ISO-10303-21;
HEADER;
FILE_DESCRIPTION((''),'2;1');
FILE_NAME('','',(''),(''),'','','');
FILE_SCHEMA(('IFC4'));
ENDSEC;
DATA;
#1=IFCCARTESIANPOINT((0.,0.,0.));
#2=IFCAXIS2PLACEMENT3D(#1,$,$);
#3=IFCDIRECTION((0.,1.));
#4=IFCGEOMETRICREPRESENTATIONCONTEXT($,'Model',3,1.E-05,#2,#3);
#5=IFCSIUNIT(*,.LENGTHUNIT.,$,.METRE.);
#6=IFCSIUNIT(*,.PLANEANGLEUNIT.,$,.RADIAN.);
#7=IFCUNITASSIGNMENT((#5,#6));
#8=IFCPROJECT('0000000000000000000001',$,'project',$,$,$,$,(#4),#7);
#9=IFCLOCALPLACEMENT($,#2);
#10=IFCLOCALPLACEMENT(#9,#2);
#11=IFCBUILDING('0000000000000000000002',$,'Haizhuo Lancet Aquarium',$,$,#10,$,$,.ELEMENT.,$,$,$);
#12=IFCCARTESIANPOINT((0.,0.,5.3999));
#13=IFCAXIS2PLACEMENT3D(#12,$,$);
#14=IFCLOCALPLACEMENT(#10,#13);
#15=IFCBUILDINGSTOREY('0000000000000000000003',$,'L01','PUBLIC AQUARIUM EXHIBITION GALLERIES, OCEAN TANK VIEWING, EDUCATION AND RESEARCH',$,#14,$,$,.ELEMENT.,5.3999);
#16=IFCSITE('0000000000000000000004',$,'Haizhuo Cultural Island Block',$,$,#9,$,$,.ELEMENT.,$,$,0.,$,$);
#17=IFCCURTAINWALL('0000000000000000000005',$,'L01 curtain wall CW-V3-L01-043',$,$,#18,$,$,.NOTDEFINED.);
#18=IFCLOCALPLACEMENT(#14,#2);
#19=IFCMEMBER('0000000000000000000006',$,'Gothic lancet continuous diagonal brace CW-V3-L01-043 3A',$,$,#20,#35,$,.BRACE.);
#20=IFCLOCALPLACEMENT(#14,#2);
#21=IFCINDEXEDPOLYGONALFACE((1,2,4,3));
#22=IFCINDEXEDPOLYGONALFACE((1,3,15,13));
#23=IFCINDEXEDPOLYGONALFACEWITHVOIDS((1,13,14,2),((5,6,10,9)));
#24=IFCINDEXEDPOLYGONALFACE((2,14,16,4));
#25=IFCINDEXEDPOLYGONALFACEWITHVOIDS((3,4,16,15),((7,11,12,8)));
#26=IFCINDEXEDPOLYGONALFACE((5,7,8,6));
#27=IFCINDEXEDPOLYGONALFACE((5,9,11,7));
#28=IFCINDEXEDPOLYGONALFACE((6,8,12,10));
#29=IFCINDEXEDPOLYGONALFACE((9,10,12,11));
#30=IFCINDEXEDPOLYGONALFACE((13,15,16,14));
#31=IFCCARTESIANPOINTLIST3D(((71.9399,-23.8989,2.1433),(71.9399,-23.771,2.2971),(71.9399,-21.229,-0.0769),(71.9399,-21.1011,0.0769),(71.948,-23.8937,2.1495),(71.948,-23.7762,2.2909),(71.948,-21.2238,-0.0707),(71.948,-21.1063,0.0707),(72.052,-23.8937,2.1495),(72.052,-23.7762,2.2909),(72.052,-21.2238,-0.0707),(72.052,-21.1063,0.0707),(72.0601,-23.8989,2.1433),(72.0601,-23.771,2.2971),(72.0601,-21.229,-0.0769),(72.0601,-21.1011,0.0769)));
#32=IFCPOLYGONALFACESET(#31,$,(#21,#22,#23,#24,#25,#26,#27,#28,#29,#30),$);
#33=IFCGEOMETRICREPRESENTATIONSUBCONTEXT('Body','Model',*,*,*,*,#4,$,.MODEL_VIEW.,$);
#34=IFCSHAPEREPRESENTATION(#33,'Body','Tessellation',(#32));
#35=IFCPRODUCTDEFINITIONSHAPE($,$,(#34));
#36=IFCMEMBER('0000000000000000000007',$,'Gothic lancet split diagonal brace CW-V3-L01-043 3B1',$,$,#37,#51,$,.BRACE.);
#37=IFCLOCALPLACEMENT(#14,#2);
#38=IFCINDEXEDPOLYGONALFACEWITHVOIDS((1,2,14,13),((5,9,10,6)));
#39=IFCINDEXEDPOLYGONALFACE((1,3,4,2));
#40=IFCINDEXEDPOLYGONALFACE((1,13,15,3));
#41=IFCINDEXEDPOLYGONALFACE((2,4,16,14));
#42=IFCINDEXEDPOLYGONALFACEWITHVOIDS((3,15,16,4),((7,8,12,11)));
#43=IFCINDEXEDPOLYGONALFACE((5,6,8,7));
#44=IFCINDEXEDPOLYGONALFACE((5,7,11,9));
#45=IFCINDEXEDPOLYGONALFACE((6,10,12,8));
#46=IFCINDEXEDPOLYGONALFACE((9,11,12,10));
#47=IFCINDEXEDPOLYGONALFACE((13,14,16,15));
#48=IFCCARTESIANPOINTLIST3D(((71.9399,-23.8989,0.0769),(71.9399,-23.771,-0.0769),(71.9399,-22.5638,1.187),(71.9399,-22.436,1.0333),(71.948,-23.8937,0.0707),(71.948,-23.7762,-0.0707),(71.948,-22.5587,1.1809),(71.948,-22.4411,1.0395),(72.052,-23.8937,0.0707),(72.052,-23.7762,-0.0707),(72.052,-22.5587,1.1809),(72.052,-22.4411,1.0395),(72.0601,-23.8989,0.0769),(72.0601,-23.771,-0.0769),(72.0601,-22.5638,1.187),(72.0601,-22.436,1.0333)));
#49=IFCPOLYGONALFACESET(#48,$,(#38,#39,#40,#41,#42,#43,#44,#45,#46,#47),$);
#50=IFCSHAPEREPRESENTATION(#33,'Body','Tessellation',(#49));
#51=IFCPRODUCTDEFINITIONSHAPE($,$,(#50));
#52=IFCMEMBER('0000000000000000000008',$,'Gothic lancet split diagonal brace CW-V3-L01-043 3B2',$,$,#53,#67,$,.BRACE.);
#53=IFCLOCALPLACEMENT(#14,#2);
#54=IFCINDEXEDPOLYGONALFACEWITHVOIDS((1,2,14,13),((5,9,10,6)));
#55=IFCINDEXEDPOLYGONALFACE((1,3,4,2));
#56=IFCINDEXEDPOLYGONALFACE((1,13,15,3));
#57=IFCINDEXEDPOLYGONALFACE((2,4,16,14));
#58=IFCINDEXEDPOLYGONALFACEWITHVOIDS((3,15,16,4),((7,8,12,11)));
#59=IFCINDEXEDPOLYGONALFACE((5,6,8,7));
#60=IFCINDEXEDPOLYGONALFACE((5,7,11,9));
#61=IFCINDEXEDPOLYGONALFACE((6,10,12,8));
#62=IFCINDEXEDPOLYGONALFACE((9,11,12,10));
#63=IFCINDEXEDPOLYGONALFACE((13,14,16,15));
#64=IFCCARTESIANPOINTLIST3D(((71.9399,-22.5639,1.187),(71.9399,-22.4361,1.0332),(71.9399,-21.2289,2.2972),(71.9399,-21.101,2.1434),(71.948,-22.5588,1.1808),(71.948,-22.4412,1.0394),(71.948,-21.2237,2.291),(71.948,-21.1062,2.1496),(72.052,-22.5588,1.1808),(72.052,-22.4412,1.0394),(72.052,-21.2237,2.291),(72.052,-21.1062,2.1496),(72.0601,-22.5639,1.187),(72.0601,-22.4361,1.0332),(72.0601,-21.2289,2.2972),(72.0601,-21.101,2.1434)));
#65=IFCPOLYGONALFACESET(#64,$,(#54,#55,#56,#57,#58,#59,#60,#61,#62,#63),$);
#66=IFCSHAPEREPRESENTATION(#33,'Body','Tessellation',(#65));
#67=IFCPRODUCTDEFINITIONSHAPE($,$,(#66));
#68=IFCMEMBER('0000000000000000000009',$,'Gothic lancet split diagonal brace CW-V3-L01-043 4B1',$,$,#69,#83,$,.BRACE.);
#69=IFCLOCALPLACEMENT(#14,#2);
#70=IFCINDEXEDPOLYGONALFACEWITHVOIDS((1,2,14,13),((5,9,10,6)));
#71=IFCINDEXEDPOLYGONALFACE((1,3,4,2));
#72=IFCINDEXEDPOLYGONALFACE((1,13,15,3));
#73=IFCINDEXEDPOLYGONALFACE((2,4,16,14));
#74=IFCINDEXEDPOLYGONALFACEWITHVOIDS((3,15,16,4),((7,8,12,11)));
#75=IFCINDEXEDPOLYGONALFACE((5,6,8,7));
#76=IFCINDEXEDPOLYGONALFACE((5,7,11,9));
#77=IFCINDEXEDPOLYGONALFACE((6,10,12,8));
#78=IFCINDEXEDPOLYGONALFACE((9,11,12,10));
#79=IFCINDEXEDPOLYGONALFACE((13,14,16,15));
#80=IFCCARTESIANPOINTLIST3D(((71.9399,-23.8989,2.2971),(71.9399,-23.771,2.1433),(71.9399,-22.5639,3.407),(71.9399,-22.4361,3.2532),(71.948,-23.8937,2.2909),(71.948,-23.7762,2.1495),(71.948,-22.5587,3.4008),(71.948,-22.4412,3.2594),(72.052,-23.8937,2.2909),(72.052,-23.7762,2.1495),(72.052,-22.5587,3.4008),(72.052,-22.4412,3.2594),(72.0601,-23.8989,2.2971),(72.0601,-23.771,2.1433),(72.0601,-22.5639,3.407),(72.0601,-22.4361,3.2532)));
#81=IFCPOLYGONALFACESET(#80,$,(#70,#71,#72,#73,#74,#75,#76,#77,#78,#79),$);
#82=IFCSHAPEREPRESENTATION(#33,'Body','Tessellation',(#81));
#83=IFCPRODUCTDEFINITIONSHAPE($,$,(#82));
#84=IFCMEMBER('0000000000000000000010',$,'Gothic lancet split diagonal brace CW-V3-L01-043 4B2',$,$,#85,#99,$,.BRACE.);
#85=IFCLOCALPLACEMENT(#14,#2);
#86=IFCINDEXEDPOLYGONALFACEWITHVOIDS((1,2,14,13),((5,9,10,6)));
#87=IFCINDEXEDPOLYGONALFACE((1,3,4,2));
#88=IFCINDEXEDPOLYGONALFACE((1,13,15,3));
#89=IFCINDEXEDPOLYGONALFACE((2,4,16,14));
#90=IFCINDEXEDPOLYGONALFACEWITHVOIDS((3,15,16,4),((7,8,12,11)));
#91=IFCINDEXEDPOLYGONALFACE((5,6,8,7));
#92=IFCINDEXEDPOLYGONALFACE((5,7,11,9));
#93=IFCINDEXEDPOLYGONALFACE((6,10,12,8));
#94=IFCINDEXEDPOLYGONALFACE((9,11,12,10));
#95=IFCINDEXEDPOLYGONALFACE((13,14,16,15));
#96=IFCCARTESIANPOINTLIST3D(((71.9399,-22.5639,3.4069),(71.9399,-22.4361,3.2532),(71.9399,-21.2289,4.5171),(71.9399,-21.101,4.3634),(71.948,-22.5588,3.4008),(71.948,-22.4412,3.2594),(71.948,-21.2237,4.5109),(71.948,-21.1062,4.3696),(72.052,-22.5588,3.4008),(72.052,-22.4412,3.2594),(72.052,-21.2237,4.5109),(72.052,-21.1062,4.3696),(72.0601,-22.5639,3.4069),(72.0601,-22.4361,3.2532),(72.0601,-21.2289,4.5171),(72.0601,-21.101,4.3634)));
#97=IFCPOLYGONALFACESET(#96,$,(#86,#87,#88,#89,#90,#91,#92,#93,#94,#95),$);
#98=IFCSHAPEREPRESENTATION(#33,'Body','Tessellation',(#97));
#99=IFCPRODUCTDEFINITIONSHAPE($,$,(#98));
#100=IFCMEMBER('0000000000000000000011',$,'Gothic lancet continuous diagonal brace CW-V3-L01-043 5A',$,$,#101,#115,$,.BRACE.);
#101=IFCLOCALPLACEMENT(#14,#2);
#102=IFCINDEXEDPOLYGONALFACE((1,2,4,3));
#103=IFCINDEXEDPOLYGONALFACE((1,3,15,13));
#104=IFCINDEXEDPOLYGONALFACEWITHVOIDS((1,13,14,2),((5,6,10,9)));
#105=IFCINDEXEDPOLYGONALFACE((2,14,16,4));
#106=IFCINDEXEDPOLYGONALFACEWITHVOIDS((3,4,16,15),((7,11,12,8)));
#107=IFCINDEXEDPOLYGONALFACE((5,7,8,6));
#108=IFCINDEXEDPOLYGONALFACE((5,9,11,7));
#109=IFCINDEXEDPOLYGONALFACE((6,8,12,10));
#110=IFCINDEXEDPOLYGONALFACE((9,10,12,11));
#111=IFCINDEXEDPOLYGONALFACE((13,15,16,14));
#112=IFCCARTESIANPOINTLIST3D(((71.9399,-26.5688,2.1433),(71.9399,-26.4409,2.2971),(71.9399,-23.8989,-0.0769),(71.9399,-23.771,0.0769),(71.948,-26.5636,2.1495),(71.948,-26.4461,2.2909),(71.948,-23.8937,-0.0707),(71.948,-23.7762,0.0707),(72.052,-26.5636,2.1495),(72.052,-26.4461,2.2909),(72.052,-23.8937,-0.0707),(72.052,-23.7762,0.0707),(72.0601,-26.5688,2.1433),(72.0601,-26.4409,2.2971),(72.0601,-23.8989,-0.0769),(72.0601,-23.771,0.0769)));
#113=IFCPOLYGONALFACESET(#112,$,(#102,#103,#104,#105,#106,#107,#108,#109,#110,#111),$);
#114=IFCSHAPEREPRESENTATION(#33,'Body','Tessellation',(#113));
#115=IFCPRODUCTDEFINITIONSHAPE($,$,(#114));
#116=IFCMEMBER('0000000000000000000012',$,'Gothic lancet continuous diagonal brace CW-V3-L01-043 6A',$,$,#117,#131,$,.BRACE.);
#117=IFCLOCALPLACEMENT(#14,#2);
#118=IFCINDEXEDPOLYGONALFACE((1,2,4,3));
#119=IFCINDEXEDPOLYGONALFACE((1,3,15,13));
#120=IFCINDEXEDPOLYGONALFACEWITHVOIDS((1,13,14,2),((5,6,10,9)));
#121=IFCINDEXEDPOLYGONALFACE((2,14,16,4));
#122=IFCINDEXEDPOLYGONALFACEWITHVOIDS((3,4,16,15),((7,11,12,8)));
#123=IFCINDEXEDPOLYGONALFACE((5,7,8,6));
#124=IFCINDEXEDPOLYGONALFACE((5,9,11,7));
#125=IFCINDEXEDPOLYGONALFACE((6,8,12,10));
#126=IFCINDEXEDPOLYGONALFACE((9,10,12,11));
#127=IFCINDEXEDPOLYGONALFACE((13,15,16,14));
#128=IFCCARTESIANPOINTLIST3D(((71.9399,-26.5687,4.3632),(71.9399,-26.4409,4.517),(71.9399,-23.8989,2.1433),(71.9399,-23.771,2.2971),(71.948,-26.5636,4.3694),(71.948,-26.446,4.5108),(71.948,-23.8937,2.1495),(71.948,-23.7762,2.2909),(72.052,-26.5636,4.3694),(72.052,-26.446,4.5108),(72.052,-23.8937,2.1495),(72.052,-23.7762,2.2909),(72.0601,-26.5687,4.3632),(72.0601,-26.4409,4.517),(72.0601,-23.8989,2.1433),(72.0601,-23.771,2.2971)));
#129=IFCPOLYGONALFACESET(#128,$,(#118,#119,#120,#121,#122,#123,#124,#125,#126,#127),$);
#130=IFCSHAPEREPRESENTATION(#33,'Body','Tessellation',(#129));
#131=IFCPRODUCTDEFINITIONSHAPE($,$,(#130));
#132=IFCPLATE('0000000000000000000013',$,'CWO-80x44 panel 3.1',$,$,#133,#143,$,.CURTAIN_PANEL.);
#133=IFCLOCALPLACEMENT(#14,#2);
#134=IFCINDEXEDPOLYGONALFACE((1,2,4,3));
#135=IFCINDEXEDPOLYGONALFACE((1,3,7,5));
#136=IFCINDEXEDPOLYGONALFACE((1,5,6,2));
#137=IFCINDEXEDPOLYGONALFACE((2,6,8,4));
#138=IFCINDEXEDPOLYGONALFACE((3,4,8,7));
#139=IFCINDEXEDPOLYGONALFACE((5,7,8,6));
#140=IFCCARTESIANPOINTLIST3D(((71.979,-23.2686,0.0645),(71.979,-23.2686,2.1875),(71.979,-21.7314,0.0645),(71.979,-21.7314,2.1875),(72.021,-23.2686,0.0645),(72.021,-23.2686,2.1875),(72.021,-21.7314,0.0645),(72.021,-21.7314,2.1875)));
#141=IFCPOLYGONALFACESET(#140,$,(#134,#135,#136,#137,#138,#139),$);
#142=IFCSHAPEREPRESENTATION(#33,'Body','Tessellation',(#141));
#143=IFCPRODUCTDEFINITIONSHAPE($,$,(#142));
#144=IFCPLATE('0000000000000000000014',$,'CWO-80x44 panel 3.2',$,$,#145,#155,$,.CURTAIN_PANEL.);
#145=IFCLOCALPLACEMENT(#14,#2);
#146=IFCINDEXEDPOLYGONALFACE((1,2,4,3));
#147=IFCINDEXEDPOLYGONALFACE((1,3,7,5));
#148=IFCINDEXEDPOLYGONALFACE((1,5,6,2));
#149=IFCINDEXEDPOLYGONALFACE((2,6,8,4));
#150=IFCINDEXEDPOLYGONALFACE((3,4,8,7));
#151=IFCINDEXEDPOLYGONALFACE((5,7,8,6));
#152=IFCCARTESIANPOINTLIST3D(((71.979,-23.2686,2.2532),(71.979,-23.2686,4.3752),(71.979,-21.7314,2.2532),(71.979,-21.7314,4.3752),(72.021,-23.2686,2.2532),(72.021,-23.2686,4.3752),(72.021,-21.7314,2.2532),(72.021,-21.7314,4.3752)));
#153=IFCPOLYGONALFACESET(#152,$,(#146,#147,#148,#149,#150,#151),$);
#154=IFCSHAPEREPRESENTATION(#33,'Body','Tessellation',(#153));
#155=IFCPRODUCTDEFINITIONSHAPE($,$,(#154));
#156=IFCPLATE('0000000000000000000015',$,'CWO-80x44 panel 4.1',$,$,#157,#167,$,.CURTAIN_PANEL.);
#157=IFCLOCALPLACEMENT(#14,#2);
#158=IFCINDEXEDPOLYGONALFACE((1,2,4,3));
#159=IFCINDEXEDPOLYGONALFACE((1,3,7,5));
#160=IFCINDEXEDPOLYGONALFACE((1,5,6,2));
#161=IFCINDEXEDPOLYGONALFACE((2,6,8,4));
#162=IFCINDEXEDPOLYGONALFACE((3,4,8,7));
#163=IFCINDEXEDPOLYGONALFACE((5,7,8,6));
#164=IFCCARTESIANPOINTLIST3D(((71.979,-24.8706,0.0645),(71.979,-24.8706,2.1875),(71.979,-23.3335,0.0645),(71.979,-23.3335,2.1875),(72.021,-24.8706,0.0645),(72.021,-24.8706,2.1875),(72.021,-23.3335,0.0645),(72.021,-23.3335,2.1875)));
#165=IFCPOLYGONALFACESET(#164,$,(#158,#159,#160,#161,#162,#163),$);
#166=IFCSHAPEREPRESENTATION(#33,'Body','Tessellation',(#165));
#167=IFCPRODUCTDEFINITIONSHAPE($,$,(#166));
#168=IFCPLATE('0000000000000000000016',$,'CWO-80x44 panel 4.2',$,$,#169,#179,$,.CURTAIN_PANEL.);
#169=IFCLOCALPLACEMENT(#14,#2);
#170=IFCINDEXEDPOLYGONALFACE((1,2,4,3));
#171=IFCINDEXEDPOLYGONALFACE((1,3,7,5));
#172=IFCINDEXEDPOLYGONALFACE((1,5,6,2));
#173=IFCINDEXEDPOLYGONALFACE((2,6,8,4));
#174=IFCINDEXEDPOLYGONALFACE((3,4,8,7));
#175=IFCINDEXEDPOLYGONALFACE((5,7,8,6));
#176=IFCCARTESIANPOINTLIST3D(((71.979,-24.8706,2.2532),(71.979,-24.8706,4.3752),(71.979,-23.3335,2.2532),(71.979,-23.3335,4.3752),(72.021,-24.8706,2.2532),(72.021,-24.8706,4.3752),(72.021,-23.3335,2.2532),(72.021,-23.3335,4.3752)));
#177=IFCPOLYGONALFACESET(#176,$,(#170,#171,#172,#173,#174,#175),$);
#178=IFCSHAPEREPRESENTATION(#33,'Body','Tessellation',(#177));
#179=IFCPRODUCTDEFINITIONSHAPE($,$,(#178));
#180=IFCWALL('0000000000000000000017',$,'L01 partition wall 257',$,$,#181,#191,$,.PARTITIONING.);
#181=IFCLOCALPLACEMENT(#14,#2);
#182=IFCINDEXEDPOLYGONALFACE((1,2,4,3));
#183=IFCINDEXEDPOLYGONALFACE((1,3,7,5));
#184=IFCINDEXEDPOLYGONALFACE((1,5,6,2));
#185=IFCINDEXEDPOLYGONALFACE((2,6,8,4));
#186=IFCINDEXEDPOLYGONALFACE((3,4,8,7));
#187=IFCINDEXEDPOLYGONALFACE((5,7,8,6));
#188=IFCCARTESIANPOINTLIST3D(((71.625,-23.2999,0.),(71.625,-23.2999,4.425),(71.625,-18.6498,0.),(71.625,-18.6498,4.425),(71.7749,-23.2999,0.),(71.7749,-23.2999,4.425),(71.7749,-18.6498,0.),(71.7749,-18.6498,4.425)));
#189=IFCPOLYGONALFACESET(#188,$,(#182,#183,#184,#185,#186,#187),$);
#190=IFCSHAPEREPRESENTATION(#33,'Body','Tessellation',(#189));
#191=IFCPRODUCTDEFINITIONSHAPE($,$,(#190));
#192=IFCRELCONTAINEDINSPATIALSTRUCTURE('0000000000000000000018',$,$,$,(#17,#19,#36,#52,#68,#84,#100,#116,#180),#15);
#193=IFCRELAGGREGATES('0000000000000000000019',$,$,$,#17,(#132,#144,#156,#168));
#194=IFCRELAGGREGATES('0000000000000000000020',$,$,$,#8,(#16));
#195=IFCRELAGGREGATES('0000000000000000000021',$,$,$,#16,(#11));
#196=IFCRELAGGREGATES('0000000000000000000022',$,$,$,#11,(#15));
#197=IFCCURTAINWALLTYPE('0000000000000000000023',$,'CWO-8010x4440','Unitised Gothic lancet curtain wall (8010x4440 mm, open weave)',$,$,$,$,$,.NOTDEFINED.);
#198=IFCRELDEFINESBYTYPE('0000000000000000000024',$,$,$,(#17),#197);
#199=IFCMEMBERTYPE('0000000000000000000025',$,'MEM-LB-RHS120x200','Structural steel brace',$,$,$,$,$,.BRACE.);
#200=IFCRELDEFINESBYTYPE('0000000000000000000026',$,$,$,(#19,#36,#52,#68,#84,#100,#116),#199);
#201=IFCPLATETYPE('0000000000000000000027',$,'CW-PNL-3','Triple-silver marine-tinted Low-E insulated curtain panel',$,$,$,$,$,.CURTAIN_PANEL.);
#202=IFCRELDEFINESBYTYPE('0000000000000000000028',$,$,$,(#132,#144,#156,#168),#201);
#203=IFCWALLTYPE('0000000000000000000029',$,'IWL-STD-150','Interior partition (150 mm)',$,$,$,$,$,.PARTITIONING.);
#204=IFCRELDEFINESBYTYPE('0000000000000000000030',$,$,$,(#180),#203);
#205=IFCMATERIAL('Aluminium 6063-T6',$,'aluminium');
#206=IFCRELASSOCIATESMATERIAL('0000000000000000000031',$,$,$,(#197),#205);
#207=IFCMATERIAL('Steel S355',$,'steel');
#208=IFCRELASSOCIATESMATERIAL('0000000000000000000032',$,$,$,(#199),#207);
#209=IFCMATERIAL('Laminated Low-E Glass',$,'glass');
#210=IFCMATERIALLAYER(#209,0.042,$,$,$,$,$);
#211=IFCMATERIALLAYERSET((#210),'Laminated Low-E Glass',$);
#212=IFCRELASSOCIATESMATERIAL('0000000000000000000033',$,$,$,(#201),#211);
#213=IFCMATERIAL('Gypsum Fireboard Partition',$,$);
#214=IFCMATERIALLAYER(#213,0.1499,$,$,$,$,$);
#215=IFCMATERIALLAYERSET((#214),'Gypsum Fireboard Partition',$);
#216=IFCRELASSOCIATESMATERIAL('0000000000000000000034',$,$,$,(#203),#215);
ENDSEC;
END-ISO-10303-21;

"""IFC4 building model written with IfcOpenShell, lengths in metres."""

from ifc_helpers import new_model, si_unit, direction, frame, frame_2d, origin, origin_2d, place, context, subcontext, project, spatial, rectangle, hollow_rectangle, extrude, material, layer, layer_set, material_profile, profile_set, type_object, element, aggregate, save


model = new_model("IFC4")

# Units and contexts
model_context = context("Model", 3, precision=1e-05, world=origin(), true_north=direction((0.0, 1.0)))
body_context = subcontext(model_context, "Body", "Model", "MODEL_VIEW")
ifc_project = project(units=[si_unit("LENGTHUNIT", "METRE"), si_unit("PLANEANGLEUNIT", "RADIAN")], contexts=[model_context])

# Site, building, storey
site_placement = place(None, origin())
site = spatial("IfcSite", under=ifc_project, at=site_placement, Name="Haizhuo Cultural Island Block", CompositionType="ELEMENT", RefElevation=0.0)
building_placement = place(site_placement, origin())
building = spatial("IfcBuilding", under=site, at=building_placement, Name="Haizhuo Lancet Aquarium", CompositionType="ELEMENT")
storey_placement = place(building_placement, frame((0.0, 0.0, 5.3999)))
storey = spatial("IfcBuildingStorey", under=building, at=storey_placement, Name="L01", Description="PUBLIC AQUARIUM EXHIBITION GALLERIES, OCEAN TANK VIEWING, EDUCATION AND RESEARCH", CompositionType="ELEMENT", Elevation=5.3999)

# Curtain wall
ifc_material_1 = material(Name="Aluminium 6063-T6", Category="aluminium")
curtain_wall_type = type_object("IfcCurtainWallType", Name="CWO-8010x4440", Description="Unitised Gothic lancet curtain wall (8010x4440 mm, open weave)", PredefinedType="NOTDEFINED", material=ifc_material_1)
curtain_wall_placement = place(storey_placement, origin())
curtain_wall = element("IfcCurtainWall", 1, at=curtain_wall_placement, inside=storey, type_object=curtain_wall_type, Name="L01 curtain wall CW-V3-L01-043", PredefinedType="NOTDEFINED")

# Members
ifc_material_2 = material(Name="Steel S355", Category="steel")
ifc_material_profile_1 = material_profile(ifc_material_2, hollow_rectangle(XDim=0.1201, YDim=0.2, WallThickness=0.0081, at=origin_2d()), Name="RHS 120x200x8")
ifc_profile_set_1 = profile_set([ifc_material_profile_1], Name="Steel S355")
member_type_1 = type_object("IfcMemberType", Name="MEM-LB-RHS120x200", Description="Structural steel brace", PredefinedType="BRACE", material=ifc_profile_set_1)
member_1_placement = place(storey_placement, frame((72.0, -21.165, 0.0), z_axis=(0.0, -0.768889, 0.639382), x_axis=(1.0, 0.0, 0.0)))
element("IfcMember", 2, at=member_1_placement, inside=storey, type_object=member_type_1, Name="Gothic lancet continuous diagonal brace CW-V3-L01-043 3A", PredefinedType="BRACE", context=body_context, shape_type="SweptSolid", body=[
    extrude(hollow_rectangle(XDim=0.1201, YDim=0.2, WallThickness=0.0081, at=origin_2d()), origin(), (0.0, 0.0, 1.0), 3.4724),
])
for number, where, z_axis, x_axis, name in (
    (3, (72.0, -23.835, 0.0), (0.0, 0.768889, 0.639382), (-1.0, 0.0, 0.0), "Gothic lancet split diagonal brace CW-V3-L01-043 3B1"),
    (4, (72.0, -22.5, 1.1101), (0.0, 0.768889, 0.639382), (-1.0, 0.0, 0.0), "Gothic lancet split diagonal brace CW-V3-L01-043 3B2"),
):
    element("IfcMember", number, at=place(storey_placement, frame(where, z_axis=z_axis, x_axis=x_axis)), inside=storey, type_object=member_type_1, Name=name, PredefinedType="BRACE", context=body_context, shape_type="SweptSolid", body=[
        extrude(hollow_rectangle(XDim=0.1201, YDim=0.2, WallThickness=0.0081, at=origin_2d()), origin(), (0.0, 0.0, 1.0), 1.7363),
    ])
member_2_placement = place(storey_placement, frame((72.0, -23.835, 2.2202), z_axis=(0.0, 0.768958, 0.639299), x_axis=(-1.0, 0.0, 0.0)))
element("IfcMember", 5, at=member_2_placement, inside=storey, type_object=member_type_1, Name="Gothic lancet split diagonal brace CW-V3-L01-043 4B1", PredefinedType="BRACE", context=body_context, shape_type="SweptSolid", body=[
    extrude(hollow_rectangle(XDim=0.1201, YDim=0.2, WallThickness=0.0081, at=origin_2d()), origin(), (0.0, 0.0, 1.0), 1.7361),
])
member_3_placement = place(storey_placement, frame((72.0, -22.5, 3.3301), z_axis=(0.0, 0.768889, 0.639382), x_axis=(-1.0, 0.0, 0.0)))
element("IfcMember", 6, at=member_3_placement, inside=storey, type_object=member_type_1, Name="Gothic lancet split diagonal brace CW-V3-L01-043 4B2", PredefinedType="BRACE", context=body_context, shape_type="SweptSolid", body=[
    extrude(hollow_rectangle(XDim=0.1201, YDim=0.2, WallThickness=0.0081, at=origin_2d()), origin(), (0.0, 0.0, 1.0), 1.7363),
])
member_4_placement = place(storey_placement, frame((72.0, -23.835, 0.0), z_axis=(0.0, -0.768889, 0.639382), x_axis=(1.0, 0.0, 0.0)))
element("IfcMember", 7, at=member_4_placement, inside=storey, type_object=member_type_1, Name="Gothic lancet continuous diagonal brace CW-V3-L01-043 5A", PredefinedType="BRACE", context=body_context, shape_type="SweptSolid", body=[
    extrude(hollow_rectangle(XDim=0.1201, YDim=0.2, WallThickness=0.0081, at=origin_2d()), origin(), (0.0, 0.0, 1.0), 3.4724),
])
member_5_placement = place(storey_placement, frame((72.0, -23.835, 2.2202), z_axis=(0.0, -0.768924, 0.63934), x_axis=(1.0, 0.0, 0.0)))
element("IfcMember", 8, at=member_5_placement, inside=storey, type_object=member_type_1, Name="Gothic lancet continuous diagonal brace CW-V3-L01-043 6A", PredefinedType="BRACE", context=body_context, shape_type="SweptSolid", body=[
    extrude(hollow_rectangle(XDim=0.1201, YDim=0.2, WallThickness=0.0081, at=origin_2d()), origin(), (0.0, 0.0, 1.0), 3.4722),
])

# Plates
ifc_material_3 = material(Name="Laminated Low-E Glass", Category="glass")
ifc_layer_1 = layer(ifc_material_3, 0.042)
ifc_layer_set_1 = layer_set([ifc_layer_1], Name="Laminated Low-E Glass")
plate_type = type_object("IfcPlateType", Name="CW-PNL-3", Description="Triple-silver marine-tinted Low-E insulated curtain panel", PredefinedType="CURTAIN_PANEL", material=ifc_layer_set_1)
plate_1_placement = place(storey_placement, frame((72.0, -22.5, 0.0645), z_axis=(0.0, 0.0, 1.0), x_axis=(0.0, -1.0, 0.0)))
plate_1 = element("IfcPlate", 9, at=plate_1_placement, type_object=plate_type, Name="CWO-80x44 panel 3.1", PredefinedType="CURTAIN_PANEL", context=body_context, shape_type="SweptSolid", body=[
    extrude(rectangle(XDim=1.5371, YDim=0.042, at=origin_2d()), origin(), (0.0, 0.0, 1.0), 2.123),
])
plate_2_placement = place(storey_placement, frame((72.0, -22.5, 2.2532), z_axis=(0.0, 0.0, 1.0), x_axis=(0.0, -1.0, 0.0)))
plate_2 = element("IfcPlate", 10, at=plate_2_placement, type_object=plate_type, Name="CWO-80x44 panel 3.2", PredefinedType="CURTAIN_PANEL", context=body_context, shape_type="SweptSolid", body=[
    extrude(rectangle(XDim=1.5371, YDim=0.042, at=origin_2d()), origin(), (0.0, 0.0, 1.0), 2.1221),
])
plate_3_placement = place(storey_placement, frame((72.0, -24.1021, 0.0645), z_axis=(0.0, 0.0, 1.0), x_axis=(0.0, -1.0, 0.0)))
plate_3 = element("IfcPlate", 11, at=plate_3_placement, type_object=plate_type, Name="CWO-80x44 panel 4.1", PredefinedType="CURTAIN_PANEL", context=body_context, shape_type="SweptSolid", body=[
    extrude(rectangle(XDim=1.5371, YDim=0.042, at=origin_2d()), origin(), (0.0, 0.0, 1.0), 2.123),
])
plate_4_placement = place(storey_placement, frame((72.0, -24.1021, 2.2532), z_axis=(0.0, 0.0, 1.0), x_axis=(0.0, -1.0, 0.0)))
plate_4 = element("IfcPlate", 12, at=plate_4_placement, type_object=plate_type, Name="CWO-80x44 panel 4.2", PredefinedType="CURTAIN_PANEL", context=body_context, shape_type="SweptSolid", body=[
    extrude(rectangle(XDim=1.5371, YDim=0.042, at=origin_2d()), origin(), (0.0, 0.0, 1.0), 2.1221),
])
aggregate(curtain_wall, [plate_1, plate_2, plate_3, plate_4])

# Wall
ifc_material_4 = material(Name="Gypsum Fireboard Partition")
ifc_layer_2 = layer(ifc_material_4, 0.1499)
ifc_layer_set_2 = layer_set([ifc_layer_2], Name="Gypsum Fireboard Partition")
wall_type = type_object("IfcWallType", Name="IWL-STD-150", Description="Interior partition (150 mm)", PredefinedType="PARTITIONING", material=ifc_layer_set_2)
wall_placement = place(storey_placement, frame((71.7, -23.3, 0.0), z_axis=(0.0, 0.0, 1.0), x_axis=(0.0, 1.0, 0.0)))
element("IfcWall", 13, at=wall_placement, inside=storey, type_object=wall_type, Name="L01 partition wall 257", PredefinedType="PARTITIONING", context=body_context, shape_type="SweptSolid", body=[
    extrude(rectangle(XDim=4.6501, YDim=0.1499, at=frame_2d((2.3252, 0.0))), origin(), (0.0, 0.0, 1.0), 4.425),
])

save(model, "model.ifc")
